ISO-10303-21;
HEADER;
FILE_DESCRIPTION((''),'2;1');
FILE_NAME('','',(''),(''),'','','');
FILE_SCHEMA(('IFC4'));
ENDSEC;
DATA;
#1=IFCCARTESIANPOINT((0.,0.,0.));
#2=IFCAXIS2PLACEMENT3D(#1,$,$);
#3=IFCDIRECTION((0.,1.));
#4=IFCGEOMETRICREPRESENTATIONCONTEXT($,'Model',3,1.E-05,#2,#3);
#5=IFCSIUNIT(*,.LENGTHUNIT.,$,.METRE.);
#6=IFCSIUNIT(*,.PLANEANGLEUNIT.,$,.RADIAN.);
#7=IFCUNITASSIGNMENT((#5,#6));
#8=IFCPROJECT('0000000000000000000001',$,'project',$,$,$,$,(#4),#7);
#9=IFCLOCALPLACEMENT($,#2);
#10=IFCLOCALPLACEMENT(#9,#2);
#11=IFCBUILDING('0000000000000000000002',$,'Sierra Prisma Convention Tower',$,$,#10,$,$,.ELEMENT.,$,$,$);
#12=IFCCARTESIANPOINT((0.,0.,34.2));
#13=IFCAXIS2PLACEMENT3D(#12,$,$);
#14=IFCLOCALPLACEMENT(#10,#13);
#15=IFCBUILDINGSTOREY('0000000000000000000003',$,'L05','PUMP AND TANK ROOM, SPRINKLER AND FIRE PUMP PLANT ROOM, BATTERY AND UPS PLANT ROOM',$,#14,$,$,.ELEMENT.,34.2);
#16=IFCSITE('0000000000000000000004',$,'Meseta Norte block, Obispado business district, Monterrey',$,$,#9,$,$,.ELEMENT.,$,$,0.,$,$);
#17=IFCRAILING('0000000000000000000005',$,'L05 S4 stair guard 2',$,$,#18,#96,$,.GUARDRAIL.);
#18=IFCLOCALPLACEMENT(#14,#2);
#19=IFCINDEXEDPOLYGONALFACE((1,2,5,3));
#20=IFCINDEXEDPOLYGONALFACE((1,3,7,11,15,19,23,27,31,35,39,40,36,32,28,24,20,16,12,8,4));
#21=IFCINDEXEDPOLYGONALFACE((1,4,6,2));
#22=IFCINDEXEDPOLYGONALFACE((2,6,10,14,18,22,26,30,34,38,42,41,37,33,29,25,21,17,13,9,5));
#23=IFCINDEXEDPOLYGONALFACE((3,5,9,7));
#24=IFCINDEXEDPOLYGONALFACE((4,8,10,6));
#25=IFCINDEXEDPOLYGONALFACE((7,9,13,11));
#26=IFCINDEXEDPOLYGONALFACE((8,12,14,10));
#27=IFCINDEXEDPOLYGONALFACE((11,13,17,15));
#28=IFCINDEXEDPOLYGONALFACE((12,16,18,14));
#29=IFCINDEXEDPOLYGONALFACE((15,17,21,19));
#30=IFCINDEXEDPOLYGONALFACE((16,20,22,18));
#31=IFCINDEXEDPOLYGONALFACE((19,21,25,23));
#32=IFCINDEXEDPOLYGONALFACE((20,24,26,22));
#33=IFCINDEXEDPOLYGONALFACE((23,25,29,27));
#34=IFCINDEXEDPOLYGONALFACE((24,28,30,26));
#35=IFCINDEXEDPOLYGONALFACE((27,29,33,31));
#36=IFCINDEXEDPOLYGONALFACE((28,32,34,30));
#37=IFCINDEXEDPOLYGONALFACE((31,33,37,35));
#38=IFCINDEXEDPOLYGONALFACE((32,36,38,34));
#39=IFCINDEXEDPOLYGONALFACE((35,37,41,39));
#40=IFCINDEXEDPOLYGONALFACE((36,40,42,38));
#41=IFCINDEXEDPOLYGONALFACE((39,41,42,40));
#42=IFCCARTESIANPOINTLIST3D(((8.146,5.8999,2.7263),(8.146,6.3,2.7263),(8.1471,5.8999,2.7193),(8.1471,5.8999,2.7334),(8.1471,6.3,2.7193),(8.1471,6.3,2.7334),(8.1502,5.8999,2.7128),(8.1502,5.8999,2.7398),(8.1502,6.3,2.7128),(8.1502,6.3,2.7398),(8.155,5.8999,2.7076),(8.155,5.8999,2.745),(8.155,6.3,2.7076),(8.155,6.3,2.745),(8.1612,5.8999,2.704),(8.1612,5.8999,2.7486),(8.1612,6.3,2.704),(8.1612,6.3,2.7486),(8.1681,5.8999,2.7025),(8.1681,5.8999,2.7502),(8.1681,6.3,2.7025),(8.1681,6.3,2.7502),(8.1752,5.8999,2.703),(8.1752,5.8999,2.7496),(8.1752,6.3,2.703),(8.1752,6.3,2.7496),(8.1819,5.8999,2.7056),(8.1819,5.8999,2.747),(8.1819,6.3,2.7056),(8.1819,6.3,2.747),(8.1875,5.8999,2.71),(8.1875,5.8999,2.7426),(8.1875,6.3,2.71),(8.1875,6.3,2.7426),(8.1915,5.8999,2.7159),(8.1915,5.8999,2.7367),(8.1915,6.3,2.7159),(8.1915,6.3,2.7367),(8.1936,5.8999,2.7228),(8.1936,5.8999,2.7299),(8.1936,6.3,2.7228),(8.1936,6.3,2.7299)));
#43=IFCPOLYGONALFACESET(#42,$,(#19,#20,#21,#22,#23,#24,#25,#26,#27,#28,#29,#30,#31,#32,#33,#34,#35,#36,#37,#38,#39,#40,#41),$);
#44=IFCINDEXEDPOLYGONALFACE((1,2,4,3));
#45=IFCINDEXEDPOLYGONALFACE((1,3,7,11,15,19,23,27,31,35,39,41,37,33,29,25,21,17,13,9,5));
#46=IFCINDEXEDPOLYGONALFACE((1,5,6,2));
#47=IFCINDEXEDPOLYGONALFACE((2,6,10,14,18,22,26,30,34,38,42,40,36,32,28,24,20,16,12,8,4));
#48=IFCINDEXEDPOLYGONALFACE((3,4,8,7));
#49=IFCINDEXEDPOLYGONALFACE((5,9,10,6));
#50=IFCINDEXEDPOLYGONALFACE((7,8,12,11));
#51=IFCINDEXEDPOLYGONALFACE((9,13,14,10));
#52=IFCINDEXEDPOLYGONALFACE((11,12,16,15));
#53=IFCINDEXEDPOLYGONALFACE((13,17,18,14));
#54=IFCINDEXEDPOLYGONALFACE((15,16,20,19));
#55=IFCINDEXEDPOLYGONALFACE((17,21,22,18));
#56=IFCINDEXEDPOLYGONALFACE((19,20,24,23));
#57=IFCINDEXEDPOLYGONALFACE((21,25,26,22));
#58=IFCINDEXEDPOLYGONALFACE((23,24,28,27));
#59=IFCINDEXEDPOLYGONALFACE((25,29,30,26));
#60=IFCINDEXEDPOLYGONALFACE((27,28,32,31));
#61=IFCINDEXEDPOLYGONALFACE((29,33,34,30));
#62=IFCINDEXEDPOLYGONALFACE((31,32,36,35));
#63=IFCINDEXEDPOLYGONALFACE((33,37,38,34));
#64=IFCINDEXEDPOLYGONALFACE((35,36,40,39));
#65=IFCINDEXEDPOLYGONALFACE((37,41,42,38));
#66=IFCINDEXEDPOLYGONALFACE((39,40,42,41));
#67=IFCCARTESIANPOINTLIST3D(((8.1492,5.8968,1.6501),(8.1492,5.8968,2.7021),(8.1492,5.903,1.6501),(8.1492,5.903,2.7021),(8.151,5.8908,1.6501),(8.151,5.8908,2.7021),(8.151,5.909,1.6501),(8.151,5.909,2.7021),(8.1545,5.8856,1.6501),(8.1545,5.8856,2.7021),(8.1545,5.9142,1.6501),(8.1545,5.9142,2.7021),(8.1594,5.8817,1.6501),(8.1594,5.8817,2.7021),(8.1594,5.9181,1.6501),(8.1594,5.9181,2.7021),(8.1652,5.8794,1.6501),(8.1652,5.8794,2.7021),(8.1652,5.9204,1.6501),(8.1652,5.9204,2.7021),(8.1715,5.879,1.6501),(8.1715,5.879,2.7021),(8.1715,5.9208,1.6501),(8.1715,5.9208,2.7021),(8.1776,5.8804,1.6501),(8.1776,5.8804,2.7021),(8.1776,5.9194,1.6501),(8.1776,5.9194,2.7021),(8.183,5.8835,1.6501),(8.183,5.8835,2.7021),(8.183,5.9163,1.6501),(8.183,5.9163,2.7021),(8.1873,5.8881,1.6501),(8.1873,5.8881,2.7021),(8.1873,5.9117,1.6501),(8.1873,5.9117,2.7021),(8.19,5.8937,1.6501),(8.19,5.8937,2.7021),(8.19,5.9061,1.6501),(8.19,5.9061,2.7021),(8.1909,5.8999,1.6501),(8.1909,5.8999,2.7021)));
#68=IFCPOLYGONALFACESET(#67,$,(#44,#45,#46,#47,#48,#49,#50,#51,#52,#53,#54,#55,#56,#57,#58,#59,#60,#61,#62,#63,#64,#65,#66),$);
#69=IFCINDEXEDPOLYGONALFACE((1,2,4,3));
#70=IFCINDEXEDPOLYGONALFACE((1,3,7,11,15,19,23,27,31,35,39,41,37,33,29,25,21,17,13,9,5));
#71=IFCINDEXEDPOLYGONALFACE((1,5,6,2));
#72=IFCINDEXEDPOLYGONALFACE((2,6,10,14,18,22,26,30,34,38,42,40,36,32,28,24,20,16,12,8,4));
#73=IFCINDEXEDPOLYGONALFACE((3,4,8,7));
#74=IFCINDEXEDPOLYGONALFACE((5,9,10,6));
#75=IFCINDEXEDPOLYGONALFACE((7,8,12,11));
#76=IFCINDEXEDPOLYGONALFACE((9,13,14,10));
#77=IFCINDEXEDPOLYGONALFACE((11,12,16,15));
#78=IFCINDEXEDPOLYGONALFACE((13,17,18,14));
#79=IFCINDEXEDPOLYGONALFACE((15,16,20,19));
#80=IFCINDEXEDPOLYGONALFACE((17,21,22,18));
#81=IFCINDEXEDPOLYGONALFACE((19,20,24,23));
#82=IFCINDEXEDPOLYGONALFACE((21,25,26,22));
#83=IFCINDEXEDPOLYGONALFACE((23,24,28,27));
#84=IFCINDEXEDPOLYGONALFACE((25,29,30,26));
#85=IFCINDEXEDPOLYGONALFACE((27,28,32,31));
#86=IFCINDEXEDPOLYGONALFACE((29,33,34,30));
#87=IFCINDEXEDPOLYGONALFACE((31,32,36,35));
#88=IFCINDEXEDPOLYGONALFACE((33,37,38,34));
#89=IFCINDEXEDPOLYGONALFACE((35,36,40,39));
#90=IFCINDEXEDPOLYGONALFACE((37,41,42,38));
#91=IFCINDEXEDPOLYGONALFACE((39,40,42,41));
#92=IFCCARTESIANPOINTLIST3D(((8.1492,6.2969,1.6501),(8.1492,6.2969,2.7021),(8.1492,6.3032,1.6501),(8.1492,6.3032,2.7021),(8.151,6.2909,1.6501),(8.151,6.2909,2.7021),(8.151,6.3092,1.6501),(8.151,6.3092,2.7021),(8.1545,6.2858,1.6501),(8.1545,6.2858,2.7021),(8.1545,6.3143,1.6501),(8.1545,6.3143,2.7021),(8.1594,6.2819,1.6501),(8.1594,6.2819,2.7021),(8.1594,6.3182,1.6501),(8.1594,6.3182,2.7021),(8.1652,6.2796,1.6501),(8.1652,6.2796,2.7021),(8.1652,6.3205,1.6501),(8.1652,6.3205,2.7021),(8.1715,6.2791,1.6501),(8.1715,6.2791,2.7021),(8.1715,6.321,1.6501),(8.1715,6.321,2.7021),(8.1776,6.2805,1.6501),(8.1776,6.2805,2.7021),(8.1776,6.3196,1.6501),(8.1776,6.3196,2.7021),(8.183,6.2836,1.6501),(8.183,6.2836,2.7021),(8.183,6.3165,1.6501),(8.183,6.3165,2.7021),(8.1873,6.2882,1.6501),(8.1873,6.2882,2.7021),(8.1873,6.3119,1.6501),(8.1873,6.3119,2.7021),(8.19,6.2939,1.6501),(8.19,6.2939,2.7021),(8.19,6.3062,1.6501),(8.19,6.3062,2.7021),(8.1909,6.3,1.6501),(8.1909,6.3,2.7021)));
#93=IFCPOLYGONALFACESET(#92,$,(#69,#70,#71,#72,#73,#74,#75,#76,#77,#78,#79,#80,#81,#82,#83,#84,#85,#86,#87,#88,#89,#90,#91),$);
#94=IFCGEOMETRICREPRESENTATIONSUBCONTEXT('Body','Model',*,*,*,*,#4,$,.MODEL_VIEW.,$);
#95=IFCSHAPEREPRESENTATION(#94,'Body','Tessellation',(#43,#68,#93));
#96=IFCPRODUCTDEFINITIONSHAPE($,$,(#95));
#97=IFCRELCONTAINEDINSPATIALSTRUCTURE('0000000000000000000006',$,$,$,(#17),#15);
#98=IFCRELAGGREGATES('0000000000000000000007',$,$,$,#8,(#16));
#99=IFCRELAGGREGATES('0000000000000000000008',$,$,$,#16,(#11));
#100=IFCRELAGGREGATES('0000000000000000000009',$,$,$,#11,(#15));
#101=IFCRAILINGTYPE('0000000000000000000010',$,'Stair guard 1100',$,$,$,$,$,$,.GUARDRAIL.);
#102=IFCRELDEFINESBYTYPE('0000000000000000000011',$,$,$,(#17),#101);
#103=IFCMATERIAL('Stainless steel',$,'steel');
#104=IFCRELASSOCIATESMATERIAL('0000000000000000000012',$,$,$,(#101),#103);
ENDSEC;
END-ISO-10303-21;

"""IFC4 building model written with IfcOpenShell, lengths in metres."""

from ifc_helpers import new_model, si_unit, direction, frame, origin, origin_2d, place, context, subcontext, project, spatial, circle, extrude, material, type_object, element, save


model = new_model("IFC4")

# Units and contexts
model_context = context("Model", 3, precision=1e-05, world=origin(), true_north=direction((0.0, 1.0)))
body_context = subcontext(model_context, "Body", "Model", "MODEL_VIEW")
ifc_project = project(units=[si_unit("LENGTHUNIT", "METRE"), si_unit("PLANEANGLEUNIT", "RADIAN")], contexts=[model_context])

# Site, building, storey
site_placement = place(None, origin())
site = spatial("IfcSite", under=ifc_project, at=site_placement, Name="Meseta Norte block, Obispado business district, Monterrey", CompositionType="ELEMENT", RefElevation=0.0)
building_placement = place(site_placement, origin())
building = spatial("IfcBuilding", under=site, at=building_placement, Name="Sierra Prisma Convention Tower", CompositionType="ELEMENT")
storey_placement = place(building_placement, frame((0.0, 0.0, 34.2)))
storey = spatial("IfcBuildingStorey", under=building, at=storey_placement, Name="L05", Description="PUMP AND TANK ROOM, SPRINKLER AND FIRE PUMP PLANT ROOM, BATTERY AND UPS PLANT ROOM", CompositionType="ELEMENT", Elevation=34.2)

# Railing
ifc_material_1 = material(Name="Stainless steel", Category="steel")
railing_type_1 = type_object("IfcRailingType", Name="Stair guard 1100", PredefinedType="GUARDRAIL", material=ifc_material_1)
railing_1_placement = place(storey_placement, frame((8.1699, 5.8999, 1.6501)))
element("IfcRailing", 1, at=railing_1_placement, inside=storey, type_object=railing_type_1, Name="L05 S4 stair guard 2", PredefinedType="GUARDRAIL", context=body_context, shape_type="SweptSolid", body=[
    extrude(circle(Radius=0.0239, at=origin_2d()), frame((0.0, 0.0, 1.0762), z_axis=(0.0, 1.0, 0.0), x_axis=(-1.0, 0.0, 0.0)), (0.0, 0.0, 1.0), 0.4001),
    extrude(circle(Radius=0.021, at=origin_2d()), origin(), (0.0, 0.0, 1.0), 1.052),
    extrude(circle(Radius=0.021, at=origin_2d()), frame((0.0, 0.4001, 0.0)), (0.0, 0.0, 1.0), 1.052),
])

save(model, "model.ifc")
